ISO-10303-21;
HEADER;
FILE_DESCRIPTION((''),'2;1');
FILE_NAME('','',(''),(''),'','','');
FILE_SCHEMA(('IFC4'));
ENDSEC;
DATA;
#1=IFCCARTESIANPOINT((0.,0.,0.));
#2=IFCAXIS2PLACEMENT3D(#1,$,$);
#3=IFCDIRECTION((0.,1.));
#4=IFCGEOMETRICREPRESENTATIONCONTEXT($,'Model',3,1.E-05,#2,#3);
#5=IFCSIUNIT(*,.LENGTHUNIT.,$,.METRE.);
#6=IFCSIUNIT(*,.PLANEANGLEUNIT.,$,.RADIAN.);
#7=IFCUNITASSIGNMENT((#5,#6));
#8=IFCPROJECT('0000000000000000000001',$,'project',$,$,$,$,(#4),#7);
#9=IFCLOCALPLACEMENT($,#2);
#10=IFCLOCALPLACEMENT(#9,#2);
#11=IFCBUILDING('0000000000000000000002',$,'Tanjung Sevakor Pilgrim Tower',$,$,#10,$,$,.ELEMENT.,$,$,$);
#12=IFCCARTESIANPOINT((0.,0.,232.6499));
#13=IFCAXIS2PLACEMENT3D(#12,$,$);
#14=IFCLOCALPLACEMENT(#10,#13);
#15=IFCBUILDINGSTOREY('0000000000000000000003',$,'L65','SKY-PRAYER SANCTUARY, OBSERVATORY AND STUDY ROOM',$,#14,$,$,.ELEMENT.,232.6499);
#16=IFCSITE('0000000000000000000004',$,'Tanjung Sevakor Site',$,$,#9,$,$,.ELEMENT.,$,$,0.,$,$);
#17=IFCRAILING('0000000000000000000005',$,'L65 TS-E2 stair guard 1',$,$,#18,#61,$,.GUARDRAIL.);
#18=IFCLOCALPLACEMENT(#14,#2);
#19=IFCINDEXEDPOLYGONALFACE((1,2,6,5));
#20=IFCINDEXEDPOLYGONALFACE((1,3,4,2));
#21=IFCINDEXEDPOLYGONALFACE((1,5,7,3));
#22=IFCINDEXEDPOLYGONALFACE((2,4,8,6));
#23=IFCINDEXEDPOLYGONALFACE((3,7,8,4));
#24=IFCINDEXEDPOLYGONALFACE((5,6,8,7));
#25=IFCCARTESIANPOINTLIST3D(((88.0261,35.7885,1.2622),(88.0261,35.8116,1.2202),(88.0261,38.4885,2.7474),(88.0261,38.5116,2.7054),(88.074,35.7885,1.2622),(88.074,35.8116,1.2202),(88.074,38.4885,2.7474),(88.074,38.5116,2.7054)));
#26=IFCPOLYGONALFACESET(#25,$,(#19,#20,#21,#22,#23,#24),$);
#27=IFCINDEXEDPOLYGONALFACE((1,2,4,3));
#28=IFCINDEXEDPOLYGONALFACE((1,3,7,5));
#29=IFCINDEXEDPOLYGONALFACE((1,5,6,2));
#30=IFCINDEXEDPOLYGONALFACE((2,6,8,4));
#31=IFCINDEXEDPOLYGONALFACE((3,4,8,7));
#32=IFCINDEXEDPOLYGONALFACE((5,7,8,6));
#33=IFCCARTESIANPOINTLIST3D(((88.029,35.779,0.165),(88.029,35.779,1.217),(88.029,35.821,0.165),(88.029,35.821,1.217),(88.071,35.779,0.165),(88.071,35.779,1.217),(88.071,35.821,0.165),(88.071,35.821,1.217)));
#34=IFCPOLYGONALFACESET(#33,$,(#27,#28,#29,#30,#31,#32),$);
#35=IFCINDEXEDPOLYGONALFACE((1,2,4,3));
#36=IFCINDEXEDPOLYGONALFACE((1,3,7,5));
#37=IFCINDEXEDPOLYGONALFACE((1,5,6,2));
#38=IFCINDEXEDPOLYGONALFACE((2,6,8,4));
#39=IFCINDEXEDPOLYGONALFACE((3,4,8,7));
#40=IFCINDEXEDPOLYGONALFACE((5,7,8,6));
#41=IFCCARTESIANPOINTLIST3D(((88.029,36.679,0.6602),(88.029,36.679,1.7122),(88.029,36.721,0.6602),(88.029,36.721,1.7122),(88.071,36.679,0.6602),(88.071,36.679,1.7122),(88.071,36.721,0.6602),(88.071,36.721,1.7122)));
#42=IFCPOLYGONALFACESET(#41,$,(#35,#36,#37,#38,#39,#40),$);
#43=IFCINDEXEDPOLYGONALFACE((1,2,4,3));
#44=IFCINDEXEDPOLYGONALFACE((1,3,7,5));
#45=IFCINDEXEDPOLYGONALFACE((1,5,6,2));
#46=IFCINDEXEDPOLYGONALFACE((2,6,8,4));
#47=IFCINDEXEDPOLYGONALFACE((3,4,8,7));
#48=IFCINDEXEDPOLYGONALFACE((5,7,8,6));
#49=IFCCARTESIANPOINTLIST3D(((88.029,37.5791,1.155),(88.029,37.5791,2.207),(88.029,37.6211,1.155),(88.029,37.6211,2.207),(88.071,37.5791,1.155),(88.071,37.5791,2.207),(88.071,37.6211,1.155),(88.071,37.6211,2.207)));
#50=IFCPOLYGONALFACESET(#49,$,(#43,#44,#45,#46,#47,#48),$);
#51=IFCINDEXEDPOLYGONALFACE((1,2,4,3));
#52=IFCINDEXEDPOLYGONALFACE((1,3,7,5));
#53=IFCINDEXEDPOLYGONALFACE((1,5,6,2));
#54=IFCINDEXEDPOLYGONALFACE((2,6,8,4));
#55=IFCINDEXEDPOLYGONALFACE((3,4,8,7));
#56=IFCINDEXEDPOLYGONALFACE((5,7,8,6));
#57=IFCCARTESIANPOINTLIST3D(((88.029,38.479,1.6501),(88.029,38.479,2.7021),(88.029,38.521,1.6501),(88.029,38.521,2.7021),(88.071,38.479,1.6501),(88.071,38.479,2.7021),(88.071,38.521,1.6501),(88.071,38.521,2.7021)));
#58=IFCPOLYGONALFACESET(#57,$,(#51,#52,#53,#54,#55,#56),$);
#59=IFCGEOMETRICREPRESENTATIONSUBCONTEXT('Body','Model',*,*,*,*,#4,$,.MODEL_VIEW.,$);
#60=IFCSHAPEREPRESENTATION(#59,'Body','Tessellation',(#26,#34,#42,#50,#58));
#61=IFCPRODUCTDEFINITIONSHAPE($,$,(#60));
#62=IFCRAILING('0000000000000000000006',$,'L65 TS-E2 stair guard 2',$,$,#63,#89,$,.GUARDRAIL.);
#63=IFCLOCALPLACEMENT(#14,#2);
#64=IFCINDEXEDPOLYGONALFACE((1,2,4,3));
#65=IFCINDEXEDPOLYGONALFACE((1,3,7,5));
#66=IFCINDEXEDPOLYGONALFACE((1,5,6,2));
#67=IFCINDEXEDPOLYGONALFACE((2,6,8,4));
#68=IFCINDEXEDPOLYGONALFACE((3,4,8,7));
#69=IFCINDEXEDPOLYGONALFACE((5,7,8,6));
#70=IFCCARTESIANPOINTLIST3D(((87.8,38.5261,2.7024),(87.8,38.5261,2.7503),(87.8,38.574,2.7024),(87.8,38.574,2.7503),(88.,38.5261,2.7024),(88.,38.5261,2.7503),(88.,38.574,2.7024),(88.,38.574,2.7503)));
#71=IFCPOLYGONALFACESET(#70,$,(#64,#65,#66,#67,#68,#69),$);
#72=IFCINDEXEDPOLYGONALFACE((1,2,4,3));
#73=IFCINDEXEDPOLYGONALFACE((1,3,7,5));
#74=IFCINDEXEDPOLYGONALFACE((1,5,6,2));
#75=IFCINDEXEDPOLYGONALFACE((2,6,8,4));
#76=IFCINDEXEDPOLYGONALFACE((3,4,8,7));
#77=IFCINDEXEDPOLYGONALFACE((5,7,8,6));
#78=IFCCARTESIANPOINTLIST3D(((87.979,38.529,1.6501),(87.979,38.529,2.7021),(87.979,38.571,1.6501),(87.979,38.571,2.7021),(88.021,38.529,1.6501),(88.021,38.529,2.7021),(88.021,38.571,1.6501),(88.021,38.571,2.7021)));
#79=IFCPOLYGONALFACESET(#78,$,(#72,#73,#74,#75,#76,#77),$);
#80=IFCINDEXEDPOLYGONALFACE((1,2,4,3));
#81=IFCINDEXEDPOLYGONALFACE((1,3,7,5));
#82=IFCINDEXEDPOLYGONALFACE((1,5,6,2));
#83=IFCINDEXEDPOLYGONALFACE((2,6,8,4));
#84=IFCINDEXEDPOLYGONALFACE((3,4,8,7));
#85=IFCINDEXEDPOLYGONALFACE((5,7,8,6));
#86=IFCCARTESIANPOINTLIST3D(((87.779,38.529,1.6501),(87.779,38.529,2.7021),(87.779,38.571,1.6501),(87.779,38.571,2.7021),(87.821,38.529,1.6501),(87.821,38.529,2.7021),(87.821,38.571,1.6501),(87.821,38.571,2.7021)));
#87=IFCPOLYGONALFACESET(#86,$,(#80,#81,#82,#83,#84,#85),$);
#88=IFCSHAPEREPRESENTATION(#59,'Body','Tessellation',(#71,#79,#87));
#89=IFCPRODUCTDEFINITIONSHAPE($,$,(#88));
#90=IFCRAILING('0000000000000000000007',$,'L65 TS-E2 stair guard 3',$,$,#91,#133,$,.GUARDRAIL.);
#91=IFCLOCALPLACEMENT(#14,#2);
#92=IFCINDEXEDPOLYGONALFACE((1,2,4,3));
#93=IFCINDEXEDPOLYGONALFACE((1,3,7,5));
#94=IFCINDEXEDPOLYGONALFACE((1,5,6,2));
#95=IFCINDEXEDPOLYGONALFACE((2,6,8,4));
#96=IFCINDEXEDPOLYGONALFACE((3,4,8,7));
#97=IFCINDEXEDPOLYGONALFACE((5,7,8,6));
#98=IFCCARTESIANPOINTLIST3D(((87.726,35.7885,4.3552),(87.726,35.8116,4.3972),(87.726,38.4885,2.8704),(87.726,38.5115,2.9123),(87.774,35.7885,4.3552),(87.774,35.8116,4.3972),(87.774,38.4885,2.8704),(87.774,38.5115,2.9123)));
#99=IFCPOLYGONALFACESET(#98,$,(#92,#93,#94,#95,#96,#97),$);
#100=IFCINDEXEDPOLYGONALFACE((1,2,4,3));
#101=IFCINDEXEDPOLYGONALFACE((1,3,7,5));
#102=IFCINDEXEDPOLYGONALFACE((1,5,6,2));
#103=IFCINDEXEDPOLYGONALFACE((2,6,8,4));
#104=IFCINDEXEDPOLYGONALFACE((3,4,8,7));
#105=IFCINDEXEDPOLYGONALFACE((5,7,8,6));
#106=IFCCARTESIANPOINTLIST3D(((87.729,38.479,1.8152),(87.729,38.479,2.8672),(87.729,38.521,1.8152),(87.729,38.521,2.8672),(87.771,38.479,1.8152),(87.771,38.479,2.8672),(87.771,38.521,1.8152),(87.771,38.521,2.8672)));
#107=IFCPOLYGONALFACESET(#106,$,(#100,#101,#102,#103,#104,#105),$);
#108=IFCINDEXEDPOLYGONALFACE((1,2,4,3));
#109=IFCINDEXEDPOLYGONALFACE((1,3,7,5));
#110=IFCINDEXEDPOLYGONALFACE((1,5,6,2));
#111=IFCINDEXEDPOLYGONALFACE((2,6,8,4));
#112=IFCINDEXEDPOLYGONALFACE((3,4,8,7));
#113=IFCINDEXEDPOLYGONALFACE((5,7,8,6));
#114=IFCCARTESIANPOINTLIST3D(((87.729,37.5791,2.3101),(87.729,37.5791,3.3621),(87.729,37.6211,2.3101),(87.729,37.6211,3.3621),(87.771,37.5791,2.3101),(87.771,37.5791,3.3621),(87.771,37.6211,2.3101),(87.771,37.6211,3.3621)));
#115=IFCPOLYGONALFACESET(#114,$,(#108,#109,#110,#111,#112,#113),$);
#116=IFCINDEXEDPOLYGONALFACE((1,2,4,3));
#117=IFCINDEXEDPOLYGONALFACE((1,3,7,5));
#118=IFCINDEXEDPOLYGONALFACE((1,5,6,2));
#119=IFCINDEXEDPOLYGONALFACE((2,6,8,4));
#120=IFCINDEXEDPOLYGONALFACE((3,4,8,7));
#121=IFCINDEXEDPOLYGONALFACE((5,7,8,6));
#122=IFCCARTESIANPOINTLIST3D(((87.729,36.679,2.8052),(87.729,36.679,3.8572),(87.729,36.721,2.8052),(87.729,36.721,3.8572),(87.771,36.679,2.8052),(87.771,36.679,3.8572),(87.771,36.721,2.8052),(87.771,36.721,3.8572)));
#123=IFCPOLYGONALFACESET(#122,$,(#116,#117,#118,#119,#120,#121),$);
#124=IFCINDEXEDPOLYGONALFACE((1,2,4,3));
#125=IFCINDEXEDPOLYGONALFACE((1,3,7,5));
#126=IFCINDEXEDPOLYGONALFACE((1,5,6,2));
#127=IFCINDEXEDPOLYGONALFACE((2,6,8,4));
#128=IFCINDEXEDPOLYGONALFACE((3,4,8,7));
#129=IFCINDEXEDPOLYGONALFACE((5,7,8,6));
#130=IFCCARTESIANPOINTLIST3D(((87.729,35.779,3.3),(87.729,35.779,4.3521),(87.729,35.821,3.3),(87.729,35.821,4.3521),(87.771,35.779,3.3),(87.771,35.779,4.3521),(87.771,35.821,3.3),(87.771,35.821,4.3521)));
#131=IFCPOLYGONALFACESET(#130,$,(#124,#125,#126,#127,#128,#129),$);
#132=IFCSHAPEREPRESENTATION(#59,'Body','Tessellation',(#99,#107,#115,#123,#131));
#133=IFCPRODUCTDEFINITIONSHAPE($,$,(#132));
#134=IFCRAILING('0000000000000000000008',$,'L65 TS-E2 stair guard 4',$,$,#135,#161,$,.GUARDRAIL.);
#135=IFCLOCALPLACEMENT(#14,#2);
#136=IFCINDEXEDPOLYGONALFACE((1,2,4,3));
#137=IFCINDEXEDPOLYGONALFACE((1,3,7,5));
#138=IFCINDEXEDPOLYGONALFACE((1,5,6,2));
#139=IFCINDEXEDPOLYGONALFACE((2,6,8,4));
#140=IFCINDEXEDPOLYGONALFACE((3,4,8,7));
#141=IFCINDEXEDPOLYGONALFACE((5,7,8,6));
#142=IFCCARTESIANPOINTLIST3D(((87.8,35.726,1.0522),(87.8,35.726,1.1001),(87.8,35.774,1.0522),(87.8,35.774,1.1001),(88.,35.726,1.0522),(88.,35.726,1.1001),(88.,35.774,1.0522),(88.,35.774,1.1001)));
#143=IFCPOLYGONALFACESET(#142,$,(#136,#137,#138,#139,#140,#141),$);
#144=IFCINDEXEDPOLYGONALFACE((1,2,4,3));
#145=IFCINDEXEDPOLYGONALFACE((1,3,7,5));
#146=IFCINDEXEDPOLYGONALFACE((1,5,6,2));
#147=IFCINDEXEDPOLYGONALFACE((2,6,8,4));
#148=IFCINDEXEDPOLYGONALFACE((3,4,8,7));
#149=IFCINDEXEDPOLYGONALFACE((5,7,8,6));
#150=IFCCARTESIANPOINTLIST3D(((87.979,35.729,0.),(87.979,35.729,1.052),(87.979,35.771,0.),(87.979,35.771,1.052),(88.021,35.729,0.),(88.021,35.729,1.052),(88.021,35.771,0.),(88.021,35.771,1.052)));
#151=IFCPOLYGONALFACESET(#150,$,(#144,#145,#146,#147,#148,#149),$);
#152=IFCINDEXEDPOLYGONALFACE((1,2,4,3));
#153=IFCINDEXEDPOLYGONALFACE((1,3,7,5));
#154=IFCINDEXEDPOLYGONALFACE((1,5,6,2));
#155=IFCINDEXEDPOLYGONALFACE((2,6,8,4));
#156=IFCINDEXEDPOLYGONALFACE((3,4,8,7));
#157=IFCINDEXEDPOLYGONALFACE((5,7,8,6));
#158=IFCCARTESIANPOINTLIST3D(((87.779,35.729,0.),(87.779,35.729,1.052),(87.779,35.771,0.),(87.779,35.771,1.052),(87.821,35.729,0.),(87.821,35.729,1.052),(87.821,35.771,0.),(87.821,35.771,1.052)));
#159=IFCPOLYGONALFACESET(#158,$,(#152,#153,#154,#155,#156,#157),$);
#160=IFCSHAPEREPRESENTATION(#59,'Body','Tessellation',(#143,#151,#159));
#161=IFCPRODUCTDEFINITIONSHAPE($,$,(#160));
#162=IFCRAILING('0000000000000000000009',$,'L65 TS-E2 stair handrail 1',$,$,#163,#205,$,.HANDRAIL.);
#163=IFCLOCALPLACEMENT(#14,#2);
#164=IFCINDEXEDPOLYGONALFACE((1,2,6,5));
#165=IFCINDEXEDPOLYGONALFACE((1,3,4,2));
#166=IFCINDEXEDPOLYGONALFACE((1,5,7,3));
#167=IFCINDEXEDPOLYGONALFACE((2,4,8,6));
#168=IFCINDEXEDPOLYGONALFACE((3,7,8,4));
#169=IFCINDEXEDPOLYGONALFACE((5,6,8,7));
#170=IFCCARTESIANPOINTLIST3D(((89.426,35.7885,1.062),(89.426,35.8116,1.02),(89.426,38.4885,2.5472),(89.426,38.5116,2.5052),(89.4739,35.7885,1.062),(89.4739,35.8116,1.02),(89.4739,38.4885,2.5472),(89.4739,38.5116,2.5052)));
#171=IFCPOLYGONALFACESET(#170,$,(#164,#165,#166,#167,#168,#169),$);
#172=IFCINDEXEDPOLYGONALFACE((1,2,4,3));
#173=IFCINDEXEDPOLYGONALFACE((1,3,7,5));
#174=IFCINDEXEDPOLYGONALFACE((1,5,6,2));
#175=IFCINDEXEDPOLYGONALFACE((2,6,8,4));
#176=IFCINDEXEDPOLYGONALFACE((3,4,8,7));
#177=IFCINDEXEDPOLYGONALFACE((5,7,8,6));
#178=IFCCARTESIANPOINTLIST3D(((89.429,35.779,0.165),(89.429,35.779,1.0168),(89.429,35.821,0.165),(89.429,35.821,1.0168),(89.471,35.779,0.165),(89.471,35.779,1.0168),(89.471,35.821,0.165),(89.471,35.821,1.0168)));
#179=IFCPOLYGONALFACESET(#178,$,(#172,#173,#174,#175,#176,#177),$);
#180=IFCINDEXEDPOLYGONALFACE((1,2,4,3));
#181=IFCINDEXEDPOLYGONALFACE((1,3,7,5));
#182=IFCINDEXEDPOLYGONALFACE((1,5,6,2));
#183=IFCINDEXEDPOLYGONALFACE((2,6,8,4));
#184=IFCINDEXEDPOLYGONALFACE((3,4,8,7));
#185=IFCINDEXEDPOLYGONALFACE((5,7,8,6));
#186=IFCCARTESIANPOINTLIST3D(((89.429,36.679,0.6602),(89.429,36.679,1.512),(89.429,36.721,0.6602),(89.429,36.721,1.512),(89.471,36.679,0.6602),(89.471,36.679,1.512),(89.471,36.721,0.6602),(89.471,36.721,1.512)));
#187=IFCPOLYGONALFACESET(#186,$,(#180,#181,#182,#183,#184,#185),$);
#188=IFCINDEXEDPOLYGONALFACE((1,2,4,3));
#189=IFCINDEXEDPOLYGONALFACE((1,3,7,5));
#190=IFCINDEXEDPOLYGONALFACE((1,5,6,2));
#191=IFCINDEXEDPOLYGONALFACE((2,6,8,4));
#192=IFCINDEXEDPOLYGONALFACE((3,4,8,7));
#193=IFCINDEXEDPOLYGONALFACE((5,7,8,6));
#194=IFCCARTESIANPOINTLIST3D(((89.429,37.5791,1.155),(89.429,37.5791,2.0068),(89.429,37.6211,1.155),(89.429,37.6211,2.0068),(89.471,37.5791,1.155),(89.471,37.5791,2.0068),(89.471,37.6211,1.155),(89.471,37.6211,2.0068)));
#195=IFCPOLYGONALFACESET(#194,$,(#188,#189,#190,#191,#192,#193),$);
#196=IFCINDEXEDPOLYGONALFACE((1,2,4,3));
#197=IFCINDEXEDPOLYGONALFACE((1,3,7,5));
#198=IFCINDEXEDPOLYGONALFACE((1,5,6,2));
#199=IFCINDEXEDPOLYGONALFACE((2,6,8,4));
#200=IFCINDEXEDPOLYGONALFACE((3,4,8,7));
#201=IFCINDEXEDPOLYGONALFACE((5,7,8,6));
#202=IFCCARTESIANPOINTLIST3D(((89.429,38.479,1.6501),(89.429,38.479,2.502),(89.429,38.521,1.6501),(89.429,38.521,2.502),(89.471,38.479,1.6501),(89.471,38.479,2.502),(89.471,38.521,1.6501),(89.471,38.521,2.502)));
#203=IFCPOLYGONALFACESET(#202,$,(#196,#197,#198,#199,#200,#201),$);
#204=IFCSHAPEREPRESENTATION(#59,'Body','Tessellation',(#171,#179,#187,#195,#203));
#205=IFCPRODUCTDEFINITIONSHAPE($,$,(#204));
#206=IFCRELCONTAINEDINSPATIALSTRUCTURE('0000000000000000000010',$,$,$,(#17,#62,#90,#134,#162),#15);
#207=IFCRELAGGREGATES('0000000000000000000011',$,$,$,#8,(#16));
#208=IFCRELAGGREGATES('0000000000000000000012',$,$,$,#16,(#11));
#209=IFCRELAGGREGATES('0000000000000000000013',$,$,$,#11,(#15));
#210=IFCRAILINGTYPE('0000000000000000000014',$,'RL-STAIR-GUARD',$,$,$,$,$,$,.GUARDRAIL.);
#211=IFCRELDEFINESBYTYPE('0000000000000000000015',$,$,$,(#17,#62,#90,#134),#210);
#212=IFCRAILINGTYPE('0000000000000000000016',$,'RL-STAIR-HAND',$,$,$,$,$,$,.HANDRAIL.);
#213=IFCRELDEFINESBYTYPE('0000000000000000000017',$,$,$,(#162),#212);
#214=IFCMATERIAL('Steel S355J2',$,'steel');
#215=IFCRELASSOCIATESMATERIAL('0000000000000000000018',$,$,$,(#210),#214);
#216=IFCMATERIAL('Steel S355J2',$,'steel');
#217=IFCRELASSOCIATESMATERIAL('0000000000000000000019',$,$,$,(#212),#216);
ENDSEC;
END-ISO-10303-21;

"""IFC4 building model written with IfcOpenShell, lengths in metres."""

from ifc_helpers import new_model, si_unit, direction, frame, origin, place, context, subcontext, project, spatial, rectangle, extrude, material, type_object, element, save


model = new_model("IFC4")

# Units and contexts
model_context = context("Model", 3, precision=1e-05, world=origin(), true_north=direction((0.0, 1.0)))
body_context = subcontext(model_context, "Body", "Model", "MODEL_VIEW")
ifc_project = project(units=[si_unit("LENGTHUNIT", "METRE"), si_unit("PLANEANGLEUNIT", "RADIAN")], contexts=[model_context])

# Site, building, storey
site_placement = place(None, origin())
site = spatial("IfcSite", under=ifc_project, at=site_placement, Name="Tanjung Sevakor Site", CompositionType="ELEMENT", RefElevation=0.0)
building_placement = place(site_placement, origin())
building = spatial("IfcBuilding", under=site, at=building_placement, Name="Tanjung Sevakor Pilgrim Tower", CompositionType="ELEMENT")
storey_placement = place(building_placement, frame((0.0, 0.0, 232.6499)))
storey = spatial("IfcBuildingStorey", under=building, at=storey_placement, Name="L65", Description="SKY-PRAYER SANCTUARY, OBSERVATORY AND STUDY ROOM", CompositionType="ELEMENT", Elevation=232.6499)

# Railings
ifc_material_1 = material(Name="Steel S355J2", Category="steel")
railing_type_1 = type_object("IfcRailingType", Name="RL-STAIR-GUARD", PredefinedType="GUARDRAIL", material=ifc_material_1)
railing_1_placement = place(storey_placement, frame((88.05, 35.8, 0.165)))
element("IfcRailing", 1, at=railing_1_placement, inside=storey, type_object=railing_type_1, Name="L65 TS-E2 stair guard 1", PredefinedType="GUARDRAIL", context=body_context, shape_type="SweptSolid", body=[
    extrude(rectangle(XDim=0.0479, YDim=0.0479), frame((0.0, 0.0, 1.0762), z_axis=(0.0, 0.876198, 0.481952), x_axis=(-1.0, 0.0, 0.0)), (0.0, 0.0, 1.0), 3.0815),
    extrude(rectangle(XDim=0.042, YDim=0.042), origin(), (0.0, 0.0, 1.0), 1.052),
    extrude(rectangle(XDim=0.042, YDim=0.042), frame((0.0, 0.8999, 0.4951)), (0.0, 0.0, 1.0), 1.052),
    extrude(rectangle(XDim=0.042, YDim=0.042), frame((0.0, 1.8, 0.99)), (0.0, 0.0, 1.0), 1.052),
    extrude(rectangle(XDim=0.042, YDim=0.042), frame((0.0, 2.7, 1.4851)), (0.0, 0.0, 1.0), 1.052),
])
railing_2_placement = place(storey_placement, frame((88.0, 38.55, 1.6501)))
element("IfcRailing", 2, at=railing_2_placement, inside=storey, type_object=railing_type_1, Name="L65 TS-E2 stair guard 2", PredefinedType="GUARDRAIL", context=body_context, shape_type="SweptSolid", body=[
    extrude(rectangle(XDim=0.0479, YDim=0.0479), frame((0.0, 0.0, 1.0762), z_axis=(-1.0, 0.0, 0.0), x_axis=(0.0, -1.0, 0.0)), (0.0, 0.0, 1.0), 0.2),
    extrude(rectangle(XDim=0.042, YDim=0.042), origin(), (0.0, 0.0, 1.0), 1.052),
    extrude(rectangle(XDim=0.042, YDim=0.042), frame((-0.2, 0.0, 0.0)), (0.0, 0.0, 1.0), 1.052),
])
railing_3_placement = place(storey_placement, frame((87.75, 38.5, 1.8152)))
element("IfcRailing", 3, at=railing_3_placement, inside=storey, type_object=railing_type_1, Name="L65 TS-E2 stair guard 3", PredefinedType="GUARDRAIL", context=body_context, shape_type="SweptSolid", body=[
    extrude(rectangle(XDim=0.0479, YDim=0.0479), frame((0.0, 0.0, 1.0762), z_axis=(0.0, -0.876231, 0.481891), x_axis=(1.0, 0.0, 0.0)), (0.0, 0.0, 1.0), 3.0813),
    extrude(rectangle(XDim=0.042, YDim=0.042), origin(), (0.0, 0.0, 1.0), 1.052),
    extrude(rectangle(XDim=0.042, YDim=0.042), frame((0.0, -0.8999, 0.4949)), (0.0, 0.0, 1.0), 1.052),
    extrude(rectangle(XDim=0.042, YDim=0.042), frame((0.0, -1.8, 0.99)), (0.0, 0.0, 1.0), 1.052),
    extrude(rectangle(XDim=0.042, YDim=0.042), frame((0.0, -2.7, 1.4849)), (0.0, 0.0, 1.0), 1.052),
])
railing_4_placement = place(storey_placement, frame((88.0, 35.75, 0.0)))
element("IfcRailing", 4, at=railing_4_placement, inside=storey, type_object=railing_type_1, Name="L65 TS-E2 stair guard 4", PredefinedType="GUARDRAIL", context=body_context, shape_type="SweptSolid", body=[
    extrude(rectangle(XDim=0.0479, YDim=0.0479), frame((0.0, 0.0, 1.0762), z_axis=(-1.0, 0.0, 0.0), x_axis=(0.0, -1.0, 0.0)), (0.0, 0.0, 1.0), 0.2),
    extrude(rectangle(XDim=0.042, YDim=0.042), origin(), (0.0, 0.0, 1.0), 1.052),
    extrude(rectangle(XDim=0.042, YDim=0.042), frame((-0.2, 0.0, 0.0)), (0.0, 0.0, 1.0), 1.052),
])
ifc_material_2 = material(Name="Steel S355J2", Category="steel")
railing_type_2 = type_object("IfcRailingType", Name="RL-STAIR-HAND", PredefinedType="HANDRAIL", material=ifc_material_2)
railing_5_placement = place(storey_placement, frame((89.45, 35.8, 0.165)))
element("IfcRailing", 5, at=railing_5_placement, inside=storey, type_object=railing_type_2, Name="L65 TS-E2 stair handrail 1", PredefinedType="HANDRAIL", context=body_context, shape_type="SweptSolid", body=[
    extrude(rectangle(XDim=0.0479, YDim=0.0479), frame((0.0, 0.0, 0.876), z_axis=(0.0, 0.876198, 0.481952), x_axis=(-1.0, 0.0, 0.0)), (0.0, 0.0, 1.0), 3.0815),
    extrude(rectangle(XDim=0.042, YDim=0.042), origin(), (0.0, 0.0, 1.0), 0.8518),
    extrude(rectangle(XDim=0.042, YDim=0.042), frame((0.0, 0.8999, 0.4951)), (0.0, 0.0, 1.0), 0.8518),
    extrude(rectangle(XDim=0.042, YDim=0.042), frame((0.0, 1.8, 0.99)), (0.0, 0.0, 1.0), 0.8518),
    extrude(rectangle(XDim=0.042, YDim=0.042), frame((0.0, 2.7, 1.4851)), (0.0, 0.0, 1.0), 0.8518),
])

save(model, "model.ifc")
